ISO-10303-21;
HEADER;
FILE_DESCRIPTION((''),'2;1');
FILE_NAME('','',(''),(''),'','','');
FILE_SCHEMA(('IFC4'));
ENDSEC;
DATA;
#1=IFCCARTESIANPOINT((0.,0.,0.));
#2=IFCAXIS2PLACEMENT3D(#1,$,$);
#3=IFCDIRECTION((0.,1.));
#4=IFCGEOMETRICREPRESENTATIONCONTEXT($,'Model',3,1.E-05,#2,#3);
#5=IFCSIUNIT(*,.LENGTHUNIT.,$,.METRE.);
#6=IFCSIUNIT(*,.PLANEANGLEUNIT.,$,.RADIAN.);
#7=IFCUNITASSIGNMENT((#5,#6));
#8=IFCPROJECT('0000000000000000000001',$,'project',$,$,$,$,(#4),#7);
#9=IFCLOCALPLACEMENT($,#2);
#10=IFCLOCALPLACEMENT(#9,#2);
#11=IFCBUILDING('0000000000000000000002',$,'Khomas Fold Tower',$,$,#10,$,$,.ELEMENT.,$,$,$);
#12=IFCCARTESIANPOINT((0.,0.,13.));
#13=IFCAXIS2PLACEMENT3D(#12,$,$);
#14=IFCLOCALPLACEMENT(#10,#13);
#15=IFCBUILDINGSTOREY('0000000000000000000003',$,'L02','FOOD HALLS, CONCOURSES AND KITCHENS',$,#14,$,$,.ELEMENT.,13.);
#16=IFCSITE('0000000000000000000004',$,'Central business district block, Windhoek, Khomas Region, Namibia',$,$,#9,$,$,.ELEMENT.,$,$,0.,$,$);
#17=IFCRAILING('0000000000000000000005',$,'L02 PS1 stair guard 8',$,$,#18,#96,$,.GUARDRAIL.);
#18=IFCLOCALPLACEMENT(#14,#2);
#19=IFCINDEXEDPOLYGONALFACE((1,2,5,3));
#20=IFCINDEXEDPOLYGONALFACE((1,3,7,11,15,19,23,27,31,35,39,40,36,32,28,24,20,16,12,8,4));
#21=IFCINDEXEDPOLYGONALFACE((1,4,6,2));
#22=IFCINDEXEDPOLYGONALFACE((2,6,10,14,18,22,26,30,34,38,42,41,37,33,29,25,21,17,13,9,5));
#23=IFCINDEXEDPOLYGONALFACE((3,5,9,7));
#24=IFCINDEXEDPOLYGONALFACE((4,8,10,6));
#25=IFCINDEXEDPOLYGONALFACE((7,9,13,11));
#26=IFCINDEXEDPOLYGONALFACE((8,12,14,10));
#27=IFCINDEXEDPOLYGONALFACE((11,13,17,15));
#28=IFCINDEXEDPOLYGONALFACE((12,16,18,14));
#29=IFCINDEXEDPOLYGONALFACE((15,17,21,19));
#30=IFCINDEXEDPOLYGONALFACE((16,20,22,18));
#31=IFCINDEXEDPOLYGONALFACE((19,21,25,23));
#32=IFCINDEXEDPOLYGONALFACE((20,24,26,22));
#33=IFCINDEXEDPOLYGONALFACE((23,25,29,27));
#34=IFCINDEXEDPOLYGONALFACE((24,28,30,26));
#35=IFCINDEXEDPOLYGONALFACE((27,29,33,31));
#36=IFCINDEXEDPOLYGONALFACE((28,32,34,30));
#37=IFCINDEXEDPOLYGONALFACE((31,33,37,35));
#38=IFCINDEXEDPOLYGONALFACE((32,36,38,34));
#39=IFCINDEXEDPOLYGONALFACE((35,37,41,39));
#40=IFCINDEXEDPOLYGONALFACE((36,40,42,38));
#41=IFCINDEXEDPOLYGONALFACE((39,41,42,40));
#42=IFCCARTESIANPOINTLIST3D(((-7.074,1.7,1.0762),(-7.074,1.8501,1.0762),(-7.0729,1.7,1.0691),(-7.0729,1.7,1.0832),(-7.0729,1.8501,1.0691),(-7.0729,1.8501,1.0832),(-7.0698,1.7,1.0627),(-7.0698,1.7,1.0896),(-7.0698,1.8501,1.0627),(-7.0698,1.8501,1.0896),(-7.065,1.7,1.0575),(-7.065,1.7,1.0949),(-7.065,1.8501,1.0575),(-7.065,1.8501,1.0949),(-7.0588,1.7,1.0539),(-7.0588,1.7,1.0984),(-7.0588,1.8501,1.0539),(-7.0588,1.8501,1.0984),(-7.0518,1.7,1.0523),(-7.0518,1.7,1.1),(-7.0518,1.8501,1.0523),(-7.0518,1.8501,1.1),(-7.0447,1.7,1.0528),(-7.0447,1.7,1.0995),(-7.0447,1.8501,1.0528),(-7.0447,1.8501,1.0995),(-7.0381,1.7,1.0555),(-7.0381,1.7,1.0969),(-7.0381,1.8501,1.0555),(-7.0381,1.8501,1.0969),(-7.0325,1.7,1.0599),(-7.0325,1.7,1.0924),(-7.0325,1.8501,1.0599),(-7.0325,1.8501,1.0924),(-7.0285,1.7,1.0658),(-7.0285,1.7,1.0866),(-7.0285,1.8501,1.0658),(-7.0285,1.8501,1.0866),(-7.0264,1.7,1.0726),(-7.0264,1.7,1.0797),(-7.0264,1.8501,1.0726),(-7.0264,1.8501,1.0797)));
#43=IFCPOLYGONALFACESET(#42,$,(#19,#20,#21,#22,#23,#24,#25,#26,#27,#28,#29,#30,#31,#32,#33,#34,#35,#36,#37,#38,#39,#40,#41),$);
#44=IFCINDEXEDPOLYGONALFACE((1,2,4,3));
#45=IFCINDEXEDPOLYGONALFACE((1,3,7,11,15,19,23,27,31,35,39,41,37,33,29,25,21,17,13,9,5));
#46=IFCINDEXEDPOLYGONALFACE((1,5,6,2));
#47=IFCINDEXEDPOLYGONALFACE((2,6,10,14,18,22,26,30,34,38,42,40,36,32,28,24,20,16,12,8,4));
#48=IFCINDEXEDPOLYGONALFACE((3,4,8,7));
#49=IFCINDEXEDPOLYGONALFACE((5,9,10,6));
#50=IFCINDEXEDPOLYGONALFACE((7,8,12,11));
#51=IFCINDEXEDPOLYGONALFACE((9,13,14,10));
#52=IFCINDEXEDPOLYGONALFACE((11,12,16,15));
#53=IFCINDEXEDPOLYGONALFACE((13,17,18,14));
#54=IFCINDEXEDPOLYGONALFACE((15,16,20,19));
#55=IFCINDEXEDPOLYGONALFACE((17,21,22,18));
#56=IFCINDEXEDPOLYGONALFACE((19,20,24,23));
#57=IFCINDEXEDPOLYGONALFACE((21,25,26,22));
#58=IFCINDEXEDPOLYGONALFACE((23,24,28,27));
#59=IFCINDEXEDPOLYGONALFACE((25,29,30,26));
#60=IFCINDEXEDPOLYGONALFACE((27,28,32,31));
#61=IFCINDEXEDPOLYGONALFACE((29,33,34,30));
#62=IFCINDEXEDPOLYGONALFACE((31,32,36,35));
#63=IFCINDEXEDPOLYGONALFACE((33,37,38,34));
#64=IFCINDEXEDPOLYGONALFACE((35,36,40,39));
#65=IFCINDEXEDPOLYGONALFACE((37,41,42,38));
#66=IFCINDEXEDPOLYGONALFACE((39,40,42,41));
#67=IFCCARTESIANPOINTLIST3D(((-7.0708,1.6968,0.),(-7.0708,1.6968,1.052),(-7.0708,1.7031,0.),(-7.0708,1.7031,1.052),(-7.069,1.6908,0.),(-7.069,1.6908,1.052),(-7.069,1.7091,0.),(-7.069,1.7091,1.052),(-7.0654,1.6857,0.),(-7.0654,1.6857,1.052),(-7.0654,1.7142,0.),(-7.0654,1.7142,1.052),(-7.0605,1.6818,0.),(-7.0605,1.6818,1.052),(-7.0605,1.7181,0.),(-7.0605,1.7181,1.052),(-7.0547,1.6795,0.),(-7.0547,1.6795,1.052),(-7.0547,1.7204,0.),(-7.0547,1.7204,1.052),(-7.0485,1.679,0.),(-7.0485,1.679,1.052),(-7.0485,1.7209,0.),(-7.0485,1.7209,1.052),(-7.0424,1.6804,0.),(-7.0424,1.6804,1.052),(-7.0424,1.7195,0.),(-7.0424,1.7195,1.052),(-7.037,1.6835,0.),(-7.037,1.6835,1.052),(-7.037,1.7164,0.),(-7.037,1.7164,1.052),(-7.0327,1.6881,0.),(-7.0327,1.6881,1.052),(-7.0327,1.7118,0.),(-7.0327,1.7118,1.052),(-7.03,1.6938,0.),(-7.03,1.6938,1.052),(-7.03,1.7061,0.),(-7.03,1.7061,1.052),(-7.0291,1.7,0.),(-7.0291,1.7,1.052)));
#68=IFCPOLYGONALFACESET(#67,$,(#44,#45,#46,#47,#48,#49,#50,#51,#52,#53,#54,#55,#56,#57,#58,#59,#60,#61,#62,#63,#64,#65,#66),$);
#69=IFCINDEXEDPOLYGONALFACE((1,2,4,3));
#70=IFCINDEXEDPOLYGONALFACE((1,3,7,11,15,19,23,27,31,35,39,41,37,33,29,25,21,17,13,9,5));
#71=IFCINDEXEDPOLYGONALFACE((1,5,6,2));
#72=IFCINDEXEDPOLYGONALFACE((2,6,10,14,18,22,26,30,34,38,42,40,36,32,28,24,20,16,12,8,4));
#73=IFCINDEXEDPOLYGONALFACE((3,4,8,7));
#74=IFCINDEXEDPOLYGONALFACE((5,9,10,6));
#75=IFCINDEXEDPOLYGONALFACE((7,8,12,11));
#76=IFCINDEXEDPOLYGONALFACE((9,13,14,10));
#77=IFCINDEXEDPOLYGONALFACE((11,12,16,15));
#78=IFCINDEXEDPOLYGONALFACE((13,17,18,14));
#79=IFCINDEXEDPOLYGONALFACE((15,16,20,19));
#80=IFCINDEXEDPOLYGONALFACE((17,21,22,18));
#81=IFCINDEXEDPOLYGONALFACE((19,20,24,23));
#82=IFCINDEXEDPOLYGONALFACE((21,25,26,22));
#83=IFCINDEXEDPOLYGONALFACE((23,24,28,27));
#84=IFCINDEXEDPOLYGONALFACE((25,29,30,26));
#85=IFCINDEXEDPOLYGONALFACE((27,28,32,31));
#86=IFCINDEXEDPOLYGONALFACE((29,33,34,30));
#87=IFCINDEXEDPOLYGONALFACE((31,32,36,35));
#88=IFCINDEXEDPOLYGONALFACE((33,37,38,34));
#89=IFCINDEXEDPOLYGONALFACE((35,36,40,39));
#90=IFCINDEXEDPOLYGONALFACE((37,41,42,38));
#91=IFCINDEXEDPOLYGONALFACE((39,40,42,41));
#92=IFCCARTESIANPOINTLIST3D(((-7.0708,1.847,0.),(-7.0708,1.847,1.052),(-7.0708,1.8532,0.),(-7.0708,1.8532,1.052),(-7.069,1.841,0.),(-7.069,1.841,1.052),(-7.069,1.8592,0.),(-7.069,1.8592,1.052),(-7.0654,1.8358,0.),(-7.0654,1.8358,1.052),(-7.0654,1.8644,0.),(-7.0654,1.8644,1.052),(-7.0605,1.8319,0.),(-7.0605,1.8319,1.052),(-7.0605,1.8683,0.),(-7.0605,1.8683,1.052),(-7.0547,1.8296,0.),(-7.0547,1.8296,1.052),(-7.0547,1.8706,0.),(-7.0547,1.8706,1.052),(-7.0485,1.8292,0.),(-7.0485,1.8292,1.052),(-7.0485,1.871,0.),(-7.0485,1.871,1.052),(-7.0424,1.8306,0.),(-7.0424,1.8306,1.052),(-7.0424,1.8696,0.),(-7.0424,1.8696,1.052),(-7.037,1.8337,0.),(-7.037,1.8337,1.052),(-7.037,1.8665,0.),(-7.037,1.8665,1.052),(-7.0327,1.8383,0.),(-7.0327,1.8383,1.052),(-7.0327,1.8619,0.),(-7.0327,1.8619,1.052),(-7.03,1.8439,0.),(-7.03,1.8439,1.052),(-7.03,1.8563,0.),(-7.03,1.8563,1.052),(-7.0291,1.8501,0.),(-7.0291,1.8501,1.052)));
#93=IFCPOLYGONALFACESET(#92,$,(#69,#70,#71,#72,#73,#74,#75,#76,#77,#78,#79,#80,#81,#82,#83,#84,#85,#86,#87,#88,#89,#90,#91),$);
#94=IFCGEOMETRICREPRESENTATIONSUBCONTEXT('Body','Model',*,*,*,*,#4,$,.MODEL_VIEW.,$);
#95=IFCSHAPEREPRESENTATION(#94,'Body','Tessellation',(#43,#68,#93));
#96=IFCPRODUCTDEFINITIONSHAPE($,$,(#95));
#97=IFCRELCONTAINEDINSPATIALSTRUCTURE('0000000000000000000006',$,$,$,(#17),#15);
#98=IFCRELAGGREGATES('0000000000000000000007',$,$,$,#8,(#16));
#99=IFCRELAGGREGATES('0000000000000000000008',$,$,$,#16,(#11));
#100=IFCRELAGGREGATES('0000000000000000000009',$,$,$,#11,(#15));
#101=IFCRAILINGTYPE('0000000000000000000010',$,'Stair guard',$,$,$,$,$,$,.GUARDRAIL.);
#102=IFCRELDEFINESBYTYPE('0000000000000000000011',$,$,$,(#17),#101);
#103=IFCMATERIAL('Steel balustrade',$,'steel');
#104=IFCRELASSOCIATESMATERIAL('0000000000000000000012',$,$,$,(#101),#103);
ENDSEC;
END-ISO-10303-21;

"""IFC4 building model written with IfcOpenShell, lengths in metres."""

from ifc_helpers import new_model, si_unit, direction, frame, origin, origin_2d, place, context, subcontext, project, spatial, circle, extrude, source, transform, mapped, material, type_object, element, save


model = new_model("IFC4")

# Units and contexts
model_context = context("Model", 3, precision=1e-05, world=origin(), true_north=direction((0.0, 1.0)))
body_context = subcontext(model_context, "Body", "Model", "MODEL_VIEW")
ifc_project = project(units=[si_unit("LENGTHUNIT", "METRE"), si_unit("PLANEANGLEUNIT", "RADIAN")], contexts=[model_context])

# Site, building, storey
site_placement = place(None, origin())
site = spatial("IfcSite", under=ifc_project, at=site_placement, Name="Central business district block, Windhoek, Khomas Region, Namibia", CompositionType="ELEMENT", RefElevation=0.0)
building_placement = place(site_placement, origin())
building = spatial("IfcBuilding", under=site, at=building_placement, Name="Khomas Fold Tower", CompositionType="ELEMENT")
storey_placement = place(building_placement, frame((0.0, 0.0, 13.0)))
storey = spatial("IfcBuildingStorey", under=building, at=storey_placement, Name="L02", Description="FOOD HALLS, CONCOURSES AND KITCHENS", CompositionType="ELEMENT", Elevation=13.0)

# Railing
ifc_material_1 = material(Name="Steel balustrade", Category="steel")
railing_type_1 = type_object("IfcRailingType", Name="Stair guard", PredefinedType="GUARDRAIL", material=ifc_material_1)
shared_shape_1 = source(origin(), body_context, "Body", "SweptSolid", [
    extrude(circle(Radius=0.0239, at=origin_2d()), frame((0.0, 0.0, 1.0762), z_axis=(0.0, 1.0, 0.0), x_axis=(-1.0, 0.0, 0.0)), (0.0, 0.0, 1.0), 0.1501),
    extrude(circle(Radius=0.021, at=origin_2d()), origin(), (0.0, 0.0, 1.0), 1.052),
    extrude(circle(Radius=0.021, at=origin_2d()), frame((0.0, 0.1501, 0.0)), (0.0, 0.0, 1.0), 1.052),
])
for number, where, name in (
    (1, (-7.05, 1.7, 0.0), "L02 PS1 stair guard 8"),
):
    element("IfcRailing", number, at=place(storey_placement, frame(where)), inside=storey, type_object=railing_type_1, Name=name, PredefinedType="GUARDRAIL", context=body_context, shape_type="MappedRepresentation", body=[
        mapped(shared_shape_1, transform((0.0, 0.0, 0.0))),
    ])

save(model, "model.ifc")
